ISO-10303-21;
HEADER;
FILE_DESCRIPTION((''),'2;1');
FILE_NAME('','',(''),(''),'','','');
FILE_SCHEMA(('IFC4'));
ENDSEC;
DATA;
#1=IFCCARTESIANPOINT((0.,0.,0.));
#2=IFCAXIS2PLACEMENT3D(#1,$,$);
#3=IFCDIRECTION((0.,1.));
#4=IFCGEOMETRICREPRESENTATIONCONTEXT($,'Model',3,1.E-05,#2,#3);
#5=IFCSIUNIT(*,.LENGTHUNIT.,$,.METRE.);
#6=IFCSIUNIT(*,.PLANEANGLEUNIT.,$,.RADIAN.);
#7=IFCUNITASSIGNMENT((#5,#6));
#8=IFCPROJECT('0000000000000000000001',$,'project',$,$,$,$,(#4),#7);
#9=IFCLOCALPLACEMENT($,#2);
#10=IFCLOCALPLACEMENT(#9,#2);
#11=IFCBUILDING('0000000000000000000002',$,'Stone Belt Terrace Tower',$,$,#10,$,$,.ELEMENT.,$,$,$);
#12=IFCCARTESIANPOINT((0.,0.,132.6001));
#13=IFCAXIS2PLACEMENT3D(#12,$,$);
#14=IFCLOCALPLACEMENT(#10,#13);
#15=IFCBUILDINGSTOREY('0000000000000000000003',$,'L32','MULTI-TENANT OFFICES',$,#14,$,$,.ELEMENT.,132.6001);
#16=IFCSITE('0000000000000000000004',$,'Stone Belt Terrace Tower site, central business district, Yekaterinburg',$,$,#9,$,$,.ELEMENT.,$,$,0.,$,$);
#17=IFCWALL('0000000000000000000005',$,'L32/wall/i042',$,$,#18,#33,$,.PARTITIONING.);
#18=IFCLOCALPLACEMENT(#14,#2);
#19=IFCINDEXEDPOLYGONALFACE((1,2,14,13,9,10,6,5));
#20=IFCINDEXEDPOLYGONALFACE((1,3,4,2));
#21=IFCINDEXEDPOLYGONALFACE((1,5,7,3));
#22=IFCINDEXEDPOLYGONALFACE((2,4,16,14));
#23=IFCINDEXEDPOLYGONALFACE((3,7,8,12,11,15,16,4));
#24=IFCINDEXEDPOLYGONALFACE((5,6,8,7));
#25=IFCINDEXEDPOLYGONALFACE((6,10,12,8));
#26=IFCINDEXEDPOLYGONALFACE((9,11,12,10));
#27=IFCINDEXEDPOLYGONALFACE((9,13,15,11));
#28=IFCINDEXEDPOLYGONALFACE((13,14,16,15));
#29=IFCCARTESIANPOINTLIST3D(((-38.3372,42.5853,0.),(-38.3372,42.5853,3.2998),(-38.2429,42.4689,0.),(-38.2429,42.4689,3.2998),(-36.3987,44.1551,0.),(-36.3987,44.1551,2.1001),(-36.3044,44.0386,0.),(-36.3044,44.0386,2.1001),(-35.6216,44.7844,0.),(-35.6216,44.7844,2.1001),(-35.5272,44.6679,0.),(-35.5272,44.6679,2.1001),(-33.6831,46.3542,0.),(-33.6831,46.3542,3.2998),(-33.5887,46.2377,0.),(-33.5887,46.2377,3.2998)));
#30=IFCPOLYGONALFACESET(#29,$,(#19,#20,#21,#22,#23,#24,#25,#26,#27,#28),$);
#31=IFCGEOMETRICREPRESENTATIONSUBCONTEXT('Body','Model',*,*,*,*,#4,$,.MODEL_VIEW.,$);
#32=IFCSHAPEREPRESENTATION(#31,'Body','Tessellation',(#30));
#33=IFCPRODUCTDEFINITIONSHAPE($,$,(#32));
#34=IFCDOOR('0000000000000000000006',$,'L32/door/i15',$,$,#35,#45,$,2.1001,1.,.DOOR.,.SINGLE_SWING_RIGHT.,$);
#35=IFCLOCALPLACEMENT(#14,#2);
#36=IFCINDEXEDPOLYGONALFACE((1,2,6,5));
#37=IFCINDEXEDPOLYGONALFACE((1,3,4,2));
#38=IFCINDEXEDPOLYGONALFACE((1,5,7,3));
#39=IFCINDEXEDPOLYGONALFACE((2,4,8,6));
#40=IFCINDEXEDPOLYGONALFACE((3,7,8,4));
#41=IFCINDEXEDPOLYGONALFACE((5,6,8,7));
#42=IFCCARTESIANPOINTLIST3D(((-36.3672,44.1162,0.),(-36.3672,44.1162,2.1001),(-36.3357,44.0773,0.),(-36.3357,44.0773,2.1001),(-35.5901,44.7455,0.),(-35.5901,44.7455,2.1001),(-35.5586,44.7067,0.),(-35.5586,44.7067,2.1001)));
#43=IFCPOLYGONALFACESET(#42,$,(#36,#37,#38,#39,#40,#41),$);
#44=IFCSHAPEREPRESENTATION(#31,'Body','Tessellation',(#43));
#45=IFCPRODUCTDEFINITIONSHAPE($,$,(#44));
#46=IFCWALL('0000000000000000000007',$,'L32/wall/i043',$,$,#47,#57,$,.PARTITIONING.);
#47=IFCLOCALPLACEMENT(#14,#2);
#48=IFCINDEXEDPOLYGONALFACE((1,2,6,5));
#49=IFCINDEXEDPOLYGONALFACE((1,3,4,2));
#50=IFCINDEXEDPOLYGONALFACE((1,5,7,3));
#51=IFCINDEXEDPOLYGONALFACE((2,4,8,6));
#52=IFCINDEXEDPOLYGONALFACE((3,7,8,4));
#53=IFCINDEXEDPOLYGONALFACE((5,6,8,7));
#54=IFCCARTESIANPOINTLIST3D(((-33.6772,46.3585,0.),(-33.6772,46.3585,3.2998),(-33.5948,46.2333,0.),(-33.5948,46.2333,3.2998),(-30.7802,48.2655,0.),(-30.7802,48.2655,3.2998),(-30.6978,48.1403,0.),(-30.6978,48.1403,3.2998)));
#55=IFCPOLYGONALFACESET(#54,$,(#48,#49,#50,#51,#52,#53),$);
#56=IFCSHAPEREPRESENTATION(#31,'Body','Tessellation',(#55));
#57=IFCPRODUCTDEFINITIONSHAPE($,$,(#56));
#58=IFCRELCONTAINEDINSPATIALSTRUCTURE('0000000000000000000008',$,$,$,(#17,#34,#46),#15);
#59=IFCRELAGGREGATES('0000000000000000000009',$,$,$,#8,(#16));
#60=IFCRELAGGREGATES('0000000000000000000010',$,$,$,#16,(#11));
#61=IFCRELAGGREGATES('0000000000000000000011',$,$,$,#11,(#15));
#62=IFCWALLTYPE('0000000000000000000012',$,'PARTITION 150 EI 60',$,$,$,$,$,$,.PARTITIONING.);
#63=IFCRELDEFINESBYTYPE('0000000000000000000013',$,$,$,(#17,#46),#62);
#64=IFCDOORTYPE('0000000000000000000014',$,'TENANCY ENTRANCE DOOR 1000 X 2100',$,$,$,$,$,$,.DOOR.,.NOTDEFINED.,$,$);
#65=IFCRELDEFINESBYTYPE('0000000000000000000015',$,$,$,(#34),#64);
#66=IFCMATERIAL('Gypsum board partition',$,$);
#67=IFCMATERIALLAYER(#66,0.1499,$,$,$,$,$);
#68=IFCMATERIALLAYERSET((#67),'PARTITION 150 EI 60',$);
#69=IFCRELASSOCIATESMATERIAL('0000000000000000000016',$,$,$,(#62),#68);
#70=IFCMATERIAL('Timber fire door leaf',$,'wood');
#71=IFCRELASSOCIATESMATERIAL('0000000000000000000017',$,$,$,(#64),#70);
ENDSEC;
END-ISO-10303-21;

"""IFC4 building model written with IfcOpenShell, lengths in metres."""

from ifc_helpers import new_model, si_unit, direction, frame, frame_2d, origin, place, context, subcontext, project, spatial, rectangle, extrude, material, layer, layer_set, type_object, element, fill, save


model = new_model("IFC4")

# Units and contexts
model_context = context("Model", 3, precision=1e-05, world=origin(), true_north=direction((0.0, 1.0)))
body_context = subcontext(model_context, "Body", "Model", "MODEL_VIEW")
ifc_project = project(units=[si_unit("LENGTHUNIT", "METRE"), si_unit("PLANEANGLEUNIT", "RADIAN")], contexts=[model_context])

# Site, building, storey
site_placement = place(None, origin())
site = spatial("IfcSite", under=ifc_project, at=site_placement, Name="Stone Belt Terrace Tower site, central business district, Yekaterinburg", CompositionType="ELEMENT", RefElevation=0.0)
building_placement = place(site_placement, origin())
building = spatial("IfcBuilding", under=site, at=building_placement, Name="Stone Belt Terrace Tower", CompositionType="ELEMENT")
storey_placement = place(building_placement, frame((0.0, 0.0, 132.6001)))
storey = spatial("IfcBuildingStorey", under=building, at=storey_placement, Name="L32", Description="MULTI-TENANT OFFICES", CompositionType="ELEMENT", Elevation=132.6001)

# Shared definitions
ifc_material_1 = material(Name="Gypsum board partition")
ifc_layer_1 = layer(ifc_material_1, 0.1499)
ifc_layer_set_1 = layer_set([ifc_layer_1], Name="PARTITION 150 EI 60")
wall_type = type_object("IfcWallType", Name="PARTITION 150 EI 60", PredefinedType="PARTITIONING", material=ifc_layer_set_1)
ifc_material_2 = material(Name="Timber fire door leaf", Category="wood")

# Wall, opening, door
wall_1_placement = place(storey_placement, frame((-38.29, 42.5271, 0.0), z_axis=(0.0, 0.0, 1.0), x_axis=(0.777144, 0.629323, 0.0)))
wall_1 = element("IfcWall", 1, at=wall_1_placement, inside=storey, type_object=wall_type, Name="L32/wall/i042", PredefinedType="PARTITIONING", context=body_context, shape_type="SweptSolid", body=[
    extrude(rectangle(XDim=5.9888, YDim=0.1499, at=frame_2d((2.9944, 0.0))), origin(), (0.0, 0.0, 1.0), 3.2998),
])
opening_1_placement = place(wall_1_placement, frame((2.4944, 0.0, 0.0)))
opening_1 = element("IfcOpeningElement", 2, at=opening_1_placement, cuts=wall_1, PredefinedType="OPENING", context=body_context, shape_type="SweptSolid", body=[
    extrude(rectangle(XDim=1.0, YDim=2.1001, at=frame_2d((0.5, 1.05))), frame((0.0, 0.085, 0.0), z_axis=(0.0, -1.0, 0.0), x_axis=(1.0, 0.0, 0.0)), (0.0, 0.0, 1.0), 0.1699),
])
door_type_1 = type_object("IfcDoorType", Name="TENANCY ENTRANCE DOOR 1000 X 2100", OperationType="NOTDEFINED", PredefinedType="DOOR", material=ifc_material_2)
door_1_placement = place(opening_1_placement, origin())
door_1 = element("IfcDoor", 3, at=door_1_placement, inside=storey, type_object=door_type_1, Name="L32/door/i15", OperationType="SINGLE_SWING_RIGHT", OverallHeight=2.1001, OverallWidth=1.0, PredefinedType="DOOR", context=body_context, shape_type="SweptSolid", body=[
    extrude(rectangle(XDim=1.0, YDim=2.1001, at=frame_2d((0.5, 1.05))), frame((0.0, 0.0249, 0.0), z_axis=(0.0, -1.0, 0.0), x_axis=(1.0, 0.0, 0.0)), (0.0, 0.0, 1.0), 0.05),
])
fill(opening_1, door_1)

# Wall
wall_2_placement = place(storey_placement, frame((-33.636, 46.2959, 0.0), z_axis=(0.0, 0.0, 1.0), x_axis=(0.835274, 0.549834, 0.0)))
element("IfcWall", 4, at=wall_2_placement, inside=storey, type_object=wall_type, Name="L32/wall/i043", PredefinedType="PARTITIONING", context=body_context, shape_type="SweptSolid", body=[
    extrude(rectangle(XDim=3.4683, YDim=0.1499, at=frame_2d((1.7341, 0.0))), origin(), (0.0, 0.0, 1.0), 3.2998),
])

save(model, "model.ifc")
